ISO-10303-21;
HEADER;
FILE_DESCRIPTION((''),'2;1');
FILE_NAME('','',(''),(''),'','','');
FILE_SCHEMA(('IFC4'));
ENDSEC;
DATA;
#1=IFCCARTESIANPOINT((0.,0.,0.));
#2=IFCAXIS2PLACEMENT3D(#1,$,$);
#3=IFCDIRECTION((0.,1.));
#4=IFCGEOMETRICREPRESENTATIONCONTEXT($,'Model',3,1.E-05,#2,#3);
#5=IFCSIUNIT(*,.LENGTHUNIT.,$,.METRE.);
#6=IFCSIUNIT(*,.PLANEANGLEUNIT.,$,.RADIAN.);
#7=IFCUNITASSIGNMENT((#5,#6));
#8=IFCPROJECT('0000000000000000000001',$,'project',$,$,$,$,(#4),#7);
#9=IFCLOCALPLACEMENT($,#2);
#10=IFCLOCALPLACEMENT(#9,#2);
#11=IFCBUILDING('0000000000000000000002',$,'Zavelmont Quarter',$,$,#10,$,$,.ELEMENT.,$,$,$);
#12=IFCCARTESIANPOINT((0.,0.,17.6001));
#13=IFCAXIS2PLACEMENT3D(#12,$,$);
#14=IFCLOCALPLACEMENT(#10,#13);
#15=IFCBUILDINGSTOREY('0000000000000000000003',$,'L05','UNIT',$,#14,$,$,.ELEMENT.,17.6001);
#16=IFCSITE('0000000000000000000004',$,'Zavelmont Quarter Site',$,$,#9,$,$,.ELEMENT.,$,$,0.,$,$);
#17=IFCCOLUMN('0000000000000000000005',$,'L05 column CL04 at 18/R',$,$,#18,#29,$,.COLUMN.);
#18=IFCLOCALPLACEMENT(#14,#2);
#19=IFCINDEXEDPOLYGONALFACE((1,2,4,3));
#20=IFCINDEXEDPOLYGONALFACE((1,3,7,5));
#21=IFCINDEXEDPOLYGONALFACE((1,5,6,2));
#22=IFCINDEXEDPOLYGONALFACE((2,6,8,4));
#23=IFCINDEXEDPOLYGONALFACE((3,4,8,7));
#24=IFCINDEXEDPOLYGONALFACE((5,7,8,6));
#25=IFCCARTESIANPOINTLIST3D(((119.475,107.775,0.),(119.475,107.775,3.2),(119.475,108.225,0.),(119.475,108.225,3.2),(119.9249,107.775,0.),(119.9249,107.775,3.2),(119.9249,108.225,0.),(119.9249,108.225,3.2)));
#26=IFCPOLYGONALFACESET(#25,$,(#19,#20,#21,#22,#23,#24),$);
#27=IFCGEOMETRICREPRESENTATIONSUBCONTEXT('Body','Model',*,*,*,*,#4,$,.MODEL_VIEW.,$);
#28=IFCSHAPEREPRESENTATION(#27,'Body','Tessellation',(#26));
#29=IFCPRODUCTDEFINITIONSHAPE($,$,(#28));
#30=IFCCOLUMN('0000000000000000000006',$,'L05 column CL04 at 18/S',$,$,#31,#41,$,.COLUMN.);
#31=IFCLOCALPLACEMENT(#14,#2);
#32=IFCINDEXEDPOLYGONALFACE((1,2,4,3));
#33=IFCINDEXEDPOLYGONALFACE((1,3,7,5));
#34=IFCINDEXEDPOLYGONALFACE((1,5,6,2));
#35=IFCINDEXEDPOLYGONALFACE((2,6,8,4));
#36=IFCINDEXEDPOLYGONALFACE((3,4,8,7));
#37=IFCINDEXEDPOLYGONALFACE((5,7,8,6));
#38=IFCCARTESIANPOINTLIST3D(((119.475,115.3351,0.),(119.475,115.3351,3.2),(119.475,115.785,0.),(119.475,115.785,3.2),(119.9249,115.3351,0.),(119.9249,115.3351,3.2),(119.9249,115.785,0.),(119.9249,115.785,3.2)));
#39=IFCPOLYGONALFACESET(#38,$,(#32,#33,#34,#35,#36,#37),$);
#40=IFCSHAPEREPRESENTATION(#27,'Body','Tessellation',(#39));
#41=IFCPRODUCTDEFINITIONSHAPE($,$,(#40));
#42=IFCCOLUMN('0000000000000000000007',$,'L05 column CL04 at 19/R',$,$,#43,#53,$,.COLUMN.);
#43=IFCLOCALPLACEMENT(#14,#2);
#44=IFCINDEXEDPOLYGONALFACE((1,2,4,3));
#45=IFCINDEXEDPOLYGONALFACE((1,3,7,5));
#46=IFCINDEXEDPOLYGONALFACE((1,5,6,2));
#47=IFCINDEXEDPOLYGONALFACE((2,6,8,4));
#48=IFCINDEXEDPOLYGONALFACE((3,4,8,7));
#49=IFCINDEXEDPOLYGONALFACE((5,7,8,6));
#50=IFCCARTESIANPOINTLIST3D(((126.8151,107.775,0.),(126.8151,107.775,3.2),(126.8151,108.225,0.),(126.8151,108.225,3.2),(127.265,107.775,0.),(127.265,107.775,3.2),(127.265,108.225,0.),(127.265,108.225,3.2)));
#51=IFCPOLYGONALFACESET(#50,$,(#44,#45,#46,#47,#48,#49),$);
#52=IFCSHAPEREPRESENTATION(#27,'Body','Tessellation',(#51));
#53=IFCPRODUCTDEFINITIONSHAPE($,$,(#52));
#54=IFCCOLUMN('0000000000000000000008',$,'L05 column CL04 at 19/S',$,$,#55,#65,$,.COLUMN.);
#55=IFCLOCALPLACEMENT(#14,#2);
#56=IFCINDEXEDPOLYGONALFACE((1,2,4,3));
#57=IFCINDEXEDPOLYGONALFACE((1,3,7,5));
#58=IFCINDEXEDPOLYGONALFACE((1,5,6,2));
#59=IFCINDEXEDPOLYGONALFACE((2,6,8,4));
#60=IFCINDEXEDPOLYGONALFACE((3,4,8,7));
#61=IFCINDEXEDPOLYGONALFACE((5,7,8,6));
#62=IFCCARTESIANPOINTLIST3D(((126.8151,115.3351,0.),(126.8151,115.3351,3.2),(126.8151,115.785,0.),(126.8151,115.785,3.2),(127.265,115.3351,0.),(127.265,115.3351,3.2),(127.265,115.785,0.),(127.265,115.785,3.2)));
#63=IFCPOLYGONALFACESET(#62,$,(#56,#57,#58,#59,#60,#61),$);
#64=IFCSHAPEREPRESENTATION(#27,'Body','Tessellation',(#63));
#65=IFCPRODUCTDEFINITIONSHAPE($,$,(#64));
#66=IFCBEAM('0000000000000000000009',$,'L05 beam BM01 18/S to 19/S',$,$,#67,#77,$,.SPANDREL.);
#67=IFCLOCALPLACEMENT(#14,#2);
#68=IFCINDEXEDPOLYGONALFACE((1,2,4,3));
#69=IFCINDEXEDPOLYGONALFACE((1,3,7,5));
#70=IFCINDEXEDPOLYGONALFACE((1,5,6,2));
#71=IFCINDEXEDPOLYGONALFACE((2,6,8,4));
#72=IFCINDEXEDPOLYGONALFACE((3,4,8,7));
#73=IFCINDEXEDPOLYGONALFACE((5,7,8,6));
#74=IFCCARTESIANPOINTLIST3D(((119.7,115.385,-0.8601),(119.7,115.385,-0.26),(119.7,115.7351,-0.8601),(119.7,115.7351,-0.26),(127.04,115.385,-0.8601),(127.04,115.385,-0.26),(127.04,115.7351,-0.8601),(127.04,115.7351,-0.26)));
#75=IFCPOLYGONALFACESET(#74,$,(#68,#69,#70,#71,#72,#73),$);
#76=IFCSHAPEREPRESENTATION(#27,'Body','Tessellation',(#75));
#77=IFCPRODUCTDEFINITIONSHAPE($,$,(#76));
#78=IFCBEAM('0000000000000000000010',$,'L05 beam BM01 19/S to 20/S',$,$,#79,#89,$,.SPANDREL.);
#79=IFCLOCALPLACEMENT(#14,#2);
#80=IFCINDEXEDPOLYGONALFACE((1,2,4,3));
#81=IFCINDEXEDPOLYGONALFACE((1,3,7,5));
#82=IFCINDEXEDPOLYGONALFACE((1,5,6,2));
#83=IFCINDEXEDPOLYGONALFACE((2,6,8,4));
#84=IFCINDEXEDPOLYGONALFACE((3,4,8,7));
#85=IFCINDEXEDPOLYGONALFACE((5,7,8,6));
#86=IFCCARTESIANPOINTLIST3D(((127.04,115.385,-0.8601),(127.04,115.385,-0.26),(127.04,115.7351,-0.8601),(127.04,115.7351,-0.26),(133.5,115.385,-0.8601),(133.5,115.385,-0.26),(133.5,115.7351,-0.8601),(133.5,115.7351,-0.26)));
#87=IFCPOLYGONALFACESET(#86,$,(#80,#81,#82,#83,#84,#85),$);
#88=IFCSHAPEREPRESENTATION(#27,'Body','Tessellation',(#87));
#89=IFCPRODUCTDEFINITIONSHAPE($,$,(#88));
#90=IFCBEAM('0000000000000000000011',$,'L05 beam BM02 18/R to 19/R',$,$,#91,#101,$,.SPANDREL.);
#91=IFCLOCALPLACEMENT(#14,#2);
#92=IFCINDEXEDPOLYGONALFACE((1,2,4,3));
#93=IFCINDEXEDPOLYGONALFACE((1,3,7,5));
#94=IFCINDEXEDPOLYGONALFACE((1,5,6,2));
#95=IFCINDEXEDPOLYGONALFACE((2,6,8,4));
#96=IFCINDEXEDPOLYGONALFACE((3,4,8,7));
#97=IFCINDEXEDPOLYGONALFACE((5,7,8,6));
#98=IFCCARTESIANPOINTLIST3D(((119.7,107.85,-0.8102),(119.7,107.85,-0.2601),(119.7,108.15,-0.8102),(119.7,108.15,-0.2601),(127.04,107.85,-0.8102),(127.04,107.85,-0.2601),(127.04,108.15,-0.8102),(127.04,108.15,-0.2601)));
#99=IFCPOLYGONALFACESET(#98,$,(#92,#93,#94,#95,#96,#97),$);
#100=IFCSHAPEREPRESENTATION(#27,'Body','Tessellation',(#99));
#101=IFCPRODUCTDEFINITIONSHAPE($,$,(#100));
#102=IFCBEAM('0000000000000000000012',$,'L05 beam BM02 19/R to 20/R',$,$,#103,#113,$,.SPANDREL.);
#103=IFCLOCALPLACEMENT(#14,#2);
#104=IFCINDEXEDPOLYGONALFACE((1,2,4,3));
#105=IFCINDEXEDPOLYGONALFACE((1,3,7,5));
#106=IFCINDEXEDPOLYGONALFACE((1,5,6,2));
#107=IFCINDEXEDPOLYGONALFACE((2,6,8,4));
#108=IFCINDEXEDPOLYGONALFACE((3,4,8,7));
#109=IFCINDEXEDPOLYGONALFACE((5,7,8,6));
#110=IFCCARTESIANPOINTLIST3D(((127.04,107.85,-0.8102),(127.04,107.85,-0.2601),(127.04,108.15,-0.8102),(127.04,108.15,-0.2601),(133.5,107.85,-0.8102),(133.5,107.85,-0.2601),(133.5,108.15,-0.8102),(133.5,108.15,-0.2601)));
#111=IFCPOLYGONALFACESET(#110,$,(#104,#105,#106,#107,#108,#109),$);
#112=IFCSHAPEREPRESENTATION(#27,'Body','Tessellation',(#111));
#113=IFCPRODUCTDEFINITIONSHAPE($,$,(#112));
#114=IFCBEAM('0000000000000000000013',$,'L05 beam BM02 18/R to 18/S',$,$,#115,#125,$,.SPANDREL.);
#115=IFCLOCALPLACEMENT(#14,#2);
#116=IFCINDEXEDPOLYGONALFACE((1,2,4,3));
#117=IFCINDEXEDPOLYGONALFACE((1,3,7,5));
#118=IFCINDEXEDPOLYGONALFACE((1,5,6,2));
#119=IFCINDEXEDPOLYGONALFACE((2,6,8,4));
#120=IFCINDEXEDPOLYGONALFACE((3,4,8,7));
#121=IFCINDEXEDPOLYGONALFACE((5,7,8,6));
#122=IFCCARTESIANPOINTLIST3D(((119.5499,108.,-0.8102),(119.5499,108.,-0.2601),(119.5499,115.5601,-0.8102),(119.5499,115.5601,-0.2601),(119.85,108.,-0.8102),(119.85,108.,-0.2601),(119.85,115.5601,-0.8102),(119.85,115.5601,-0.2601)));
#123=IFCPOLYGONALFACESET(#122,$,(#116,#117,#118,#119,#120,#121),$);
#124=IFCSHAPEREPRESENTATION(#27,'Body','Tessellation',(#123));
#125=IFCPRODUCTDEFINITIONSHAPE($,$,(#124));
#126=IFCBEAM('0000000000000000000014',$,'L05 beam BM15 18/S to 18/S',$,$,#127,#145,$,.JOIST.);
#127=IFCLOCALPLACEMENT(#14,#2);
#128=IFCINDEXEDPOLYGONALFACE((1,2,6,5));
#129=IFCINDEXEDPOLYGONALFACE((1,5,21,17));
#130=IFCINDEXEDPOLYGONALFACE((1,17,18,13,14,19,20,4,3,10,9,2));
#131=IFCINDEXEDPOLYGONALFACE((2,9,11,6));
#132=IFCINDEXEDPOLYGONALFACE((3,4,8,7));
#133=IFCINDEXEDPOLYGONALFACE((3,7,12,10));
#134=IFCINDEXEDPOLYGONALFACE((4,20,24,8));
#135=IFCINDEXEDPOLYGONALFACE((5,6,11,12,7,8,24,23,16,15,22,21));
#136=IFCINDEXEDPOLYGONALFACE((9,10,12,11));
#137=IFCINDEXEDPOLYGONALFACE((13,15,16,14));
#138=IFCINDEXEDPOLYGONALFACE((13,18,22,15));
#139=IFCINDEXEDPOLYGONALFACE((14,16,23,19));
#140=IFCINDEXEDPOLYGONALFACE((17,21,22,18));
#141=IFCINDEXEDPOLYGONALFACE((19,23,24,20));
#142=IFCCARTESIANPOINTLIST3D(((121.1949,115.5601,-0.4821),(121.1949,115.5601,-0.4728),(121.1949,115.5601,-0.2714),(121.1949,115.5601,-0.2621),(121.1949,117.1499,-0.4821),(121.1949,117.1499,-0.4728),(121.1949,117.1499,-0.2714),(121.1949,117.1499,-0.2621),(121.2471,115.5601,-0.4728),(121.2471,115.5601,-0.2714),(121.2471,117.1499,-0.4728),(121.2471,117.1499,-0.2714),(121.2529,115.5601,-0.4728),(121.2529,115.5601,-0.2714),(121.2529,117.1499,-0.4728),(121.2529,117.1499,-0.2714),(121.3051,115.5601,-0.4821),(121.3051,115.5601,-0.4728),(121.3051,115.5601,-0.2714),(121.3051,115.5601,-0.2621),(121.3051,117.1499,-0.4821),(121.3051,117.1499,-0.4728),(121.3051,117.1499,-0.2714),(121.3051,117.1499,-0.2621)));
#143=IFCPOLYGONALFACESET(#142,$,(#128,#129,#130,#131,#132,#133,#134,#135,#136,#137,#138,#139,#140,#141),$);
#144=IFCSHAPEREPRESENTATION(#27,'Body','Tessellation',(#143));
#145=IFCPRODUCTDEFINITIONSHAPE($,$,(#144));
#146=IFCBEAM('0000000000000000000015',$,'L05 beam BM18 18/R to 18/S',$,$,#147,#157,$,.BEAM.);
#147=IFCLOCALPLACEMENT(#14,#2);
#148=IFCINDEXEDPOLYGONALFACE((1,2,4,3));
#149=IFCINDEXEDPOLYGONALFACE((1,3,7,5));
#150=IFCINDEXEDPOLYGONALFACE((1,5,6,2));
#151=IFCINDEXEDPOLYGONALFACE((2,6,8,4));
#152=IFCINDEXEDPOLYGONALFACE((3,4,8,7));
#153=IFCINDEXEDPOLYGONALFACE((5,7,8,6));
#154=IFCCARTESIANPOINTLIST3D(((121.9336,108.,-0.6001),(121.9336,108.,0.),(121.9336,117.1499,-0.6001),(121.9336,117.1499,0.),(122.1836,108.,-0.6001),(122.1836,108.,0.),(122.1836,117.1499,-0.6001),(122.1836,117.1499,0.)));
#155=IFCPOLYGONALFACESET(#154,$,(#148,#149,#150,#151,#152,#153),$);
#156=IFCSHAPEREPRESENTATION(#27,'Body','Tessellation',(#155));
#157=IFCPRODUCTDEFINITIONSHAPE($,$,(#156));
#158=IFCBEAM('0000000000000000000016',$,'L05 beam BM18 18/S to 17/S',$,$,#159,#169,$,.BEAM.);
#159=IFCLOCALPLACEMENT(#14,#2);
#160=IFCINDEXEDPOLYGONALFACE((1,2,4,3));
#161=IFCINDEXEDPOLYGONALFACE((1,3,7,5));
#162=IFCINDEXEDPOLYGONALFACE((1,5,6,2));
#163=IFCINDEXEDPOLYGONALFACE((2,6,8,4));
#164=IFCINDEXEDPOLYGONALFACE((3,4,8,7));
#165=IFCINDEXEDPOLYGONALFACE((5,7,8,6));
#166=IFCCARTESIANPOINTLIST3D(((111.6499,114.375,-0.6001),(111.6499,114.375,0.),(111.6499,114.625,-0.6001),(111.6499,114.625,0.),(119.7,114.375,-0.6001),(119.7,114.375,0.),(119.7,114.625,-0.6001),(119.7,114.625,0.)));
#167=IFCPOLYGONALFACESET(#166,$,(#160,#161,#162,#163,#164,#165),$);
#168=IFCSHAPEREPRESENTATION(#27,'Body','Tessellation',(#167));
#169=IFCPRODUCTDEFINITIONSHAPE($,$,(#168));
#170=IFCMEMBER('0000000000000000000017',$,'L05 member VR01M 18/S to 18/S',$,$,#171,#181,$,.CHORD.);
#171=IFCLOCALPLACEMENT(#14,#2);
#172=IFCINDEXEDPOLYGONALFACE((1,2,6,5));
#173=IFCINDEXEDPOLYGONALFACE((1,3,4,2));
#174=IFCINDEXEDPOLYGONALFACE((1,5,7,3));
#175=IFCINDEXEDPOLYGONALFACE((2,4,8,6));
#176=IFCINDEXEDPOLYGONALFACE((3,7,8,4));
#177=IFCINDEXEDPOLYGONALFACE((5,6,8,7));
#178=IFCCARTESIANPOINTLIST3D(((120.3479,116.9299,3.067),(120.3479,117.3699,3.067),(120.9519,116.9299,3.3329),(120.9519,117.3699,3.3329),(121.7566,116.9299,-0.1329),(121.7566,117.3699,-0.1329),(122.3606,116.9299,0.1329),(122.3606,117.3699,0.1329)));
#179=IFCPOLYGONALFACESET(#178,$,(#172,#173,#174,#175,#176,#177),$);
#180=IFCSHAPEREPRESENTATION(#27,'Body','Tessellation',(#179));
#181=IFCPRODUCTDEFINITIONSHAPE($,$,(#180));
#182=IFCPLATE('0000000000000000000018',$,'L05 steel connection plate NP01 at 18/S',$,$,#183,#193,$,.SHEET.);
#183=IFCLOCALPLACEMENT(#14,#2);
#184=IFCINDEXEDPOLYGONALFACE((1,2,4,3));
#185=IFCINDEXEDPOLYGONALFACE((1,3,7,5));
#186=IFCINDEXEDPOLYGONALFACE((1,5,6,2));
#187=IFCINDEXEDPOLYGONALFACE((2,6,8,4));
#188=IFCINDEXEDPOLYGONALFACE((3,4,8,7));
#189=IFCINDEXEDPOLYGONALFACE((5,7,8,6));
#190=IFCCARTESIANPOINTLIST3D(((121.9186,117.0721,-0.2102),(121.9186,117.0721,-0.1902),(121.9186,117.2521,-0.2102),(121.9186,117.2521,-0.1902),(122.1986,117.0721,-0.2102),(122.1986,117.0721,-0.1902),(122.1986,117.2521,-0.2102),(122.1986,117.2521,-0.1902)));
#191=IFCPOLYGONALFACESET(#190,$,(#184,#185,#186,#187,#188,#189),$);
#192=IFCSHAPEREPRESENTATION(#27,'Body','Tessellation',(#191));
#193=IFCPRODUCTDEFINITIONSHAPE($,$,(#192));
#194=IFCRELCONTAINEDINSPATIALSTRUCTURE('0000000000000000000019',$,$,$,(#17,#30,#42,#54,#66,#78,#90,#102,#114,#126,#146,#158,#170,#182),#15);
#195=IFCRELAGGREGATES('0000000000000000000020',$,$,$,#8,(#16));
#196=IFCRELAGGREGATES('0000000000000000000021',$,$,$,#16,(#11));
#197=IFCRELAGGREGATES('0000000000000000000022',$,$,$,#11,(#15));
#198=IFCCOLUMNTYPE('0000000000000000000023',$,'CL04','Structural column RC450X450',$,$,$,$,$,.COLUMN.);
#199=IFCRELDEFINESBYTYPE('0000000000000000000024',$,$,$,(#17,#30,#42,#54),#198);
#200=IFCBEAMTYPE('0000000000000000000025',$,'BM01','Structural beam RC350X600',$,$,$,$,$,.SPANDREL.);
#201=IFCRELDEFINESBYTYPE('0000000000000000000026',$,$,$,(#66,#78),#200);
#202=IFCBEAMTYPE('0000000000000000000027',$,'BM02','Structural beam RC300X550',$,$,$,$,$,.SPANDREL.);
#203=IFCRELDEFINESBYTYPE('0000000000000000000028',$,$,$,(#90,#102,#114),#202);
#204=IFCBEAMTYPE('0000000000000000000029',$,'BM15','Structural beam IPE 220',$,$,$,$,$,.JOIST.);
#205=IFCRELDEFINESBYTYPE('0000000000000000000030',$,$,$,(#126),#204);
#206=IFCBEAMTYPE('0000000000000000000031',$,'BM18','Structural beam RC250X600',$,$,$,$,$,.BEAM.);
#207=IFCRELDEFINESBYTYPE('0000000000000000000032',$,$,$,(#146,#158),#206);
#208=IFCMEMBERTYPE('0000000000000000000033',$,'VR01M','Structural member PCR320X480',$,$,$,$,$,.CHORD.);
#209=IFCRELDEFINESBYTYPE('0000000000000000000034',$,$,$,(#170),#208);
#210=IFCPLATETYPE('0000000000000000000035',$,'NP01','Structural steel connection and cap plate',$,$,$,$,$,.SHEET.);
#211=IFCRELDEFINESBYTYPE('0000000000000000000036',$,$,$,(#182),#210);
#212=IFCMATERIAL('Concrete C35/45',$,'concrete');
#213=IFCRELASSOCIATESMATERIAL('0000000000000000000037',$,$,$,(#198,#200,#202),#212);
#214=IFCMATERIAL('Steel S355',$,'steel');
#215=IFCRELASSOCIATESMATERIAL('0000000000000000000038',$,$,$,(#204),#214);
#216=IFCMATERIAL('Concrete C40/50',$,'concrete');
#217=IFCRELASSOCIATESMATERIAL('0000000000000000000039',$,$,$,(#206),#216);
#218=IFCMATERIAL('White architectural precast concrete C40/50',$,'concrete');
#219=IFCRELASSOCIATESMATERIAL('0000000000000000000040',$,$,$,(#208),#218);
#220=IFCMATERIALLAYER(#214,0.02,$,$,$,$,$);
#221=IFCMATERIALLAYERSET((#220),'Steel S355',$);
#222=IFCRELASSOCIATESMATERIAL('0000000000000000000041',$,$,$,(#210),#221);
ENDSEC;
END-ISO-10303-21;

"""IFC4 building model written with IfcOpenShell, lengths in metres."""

from ifc_helpers import new_model, si_unit, direction, frame, origin, origin_2d, place, context, subcontext, project, spatial, rectangle, i_section, extrude, material, layer, layer_set, material_profile, profile_set, type_object, element, save


model = new_model("IFC4")

# Units and contexts
model_context = context("Model", 3, precision=1e-05, world=origin(), true_north=direction((0.0, 1.0)))
body_context = subcontext(model_context, "Body", "Model", "MODEL_VIEW")
ifc_project = project(units=[si_unit("LENGTHUNIT", "METRE"), si_unit("PLANEANGLEUNIT", "RADIAN")], contexts=[model_context])

# Site, building, storey
site_placement = place(None, origin())
site = spatial("IfcSite", under=ifc_project, at=site_placement, Name="Zavelmont Quarter Site", CompositionType="ELEMENT", RefElevation=0.0)
building_placement = place(site_placement, origin())
building = spatial("IfcBuilding", under=site, at=building_placement, Name="Zavelmont Quarter", CompositionType="ELEMENT")
storey_placement = place(building_placement, frame((0.0, 0.0, 17.6001)))
storey = spatial("IfcBuildingStorey", under=building, at=storey_placement, Name="L05", Description="UNIT", CompositionType="ELEMENT", Elevation=17.6001)

# Columns
ifc_material_1 = material(Name="Concrete C35/45", Category="concrete")
ifc_material_profile_1 = material_profile(ifc_material_1, rectangle(XDim=0.45, YDim=0.45, at=origin_2d()), Name="RC450X450")
ifc_profile_set_1 = profile_set([ifc_material_profile_1], Name="Concrete C35/45")
column_type = type_object("IfcColumnType", Name="CL04", Description="Structural column RC450X450", PredefinedType="COLUMN", material=ifc_profile_set_1)
for number, where, z_axis, x_axis, name in (
    (1, (119.7, 108.0, 0.0), (0.0, 0.0, 1.0), (1.0, 0.0, 0.0), "L05 column CL04 at 18/R"),
    (2, (119.7, 115.5601, 0.0), (0.0, 0.0, 1.0), (1.0, 0.0, 0.0), "L05 column CL04 at 18/S"),
    (3, (127.04, 108.0, 0.0), (0.0, 0.0, 1.0), (1.0, 0.0, 0.0), "L05 column CL04 at 19/R"),
    (4, (127.04, 115.5601, 0.0), (0.0, 0.0, 1.0), (1.0, 0.0, 0.0), "L05 column CL04 at 19/S"),
):
    element("IfcColumn", number, at=place(storey_placement, frame(where, z_axis=z_axis, x_axis=x_axis)), inside=storey, type_object=column_type, Name=name, PredefinedType="COLUMN", context=body_context, shape_type="SweptSolid", body=[
        extrude(rectangle(XDim=0.45, YDim=0.45, at=origin_2d()), origin(), (0.0, 0.0, 1.0), 3.2),
    ])

# Beams
ifc_material_profile_2 = material_profile(ifc_material_1, rectangle(XDim=0.3501, YDim=0.6001, at=origin_2d()), Name="RC350X600")
ifc_profile_set_2 = profile_set([ifc_material_profile_2], Name="Concrete C35/45")
beam_type_1 = type_object("IfcBeamType", Name="BM01", Description="Structural beam RC350X600", PredefinedType="SPANDREL", material=ifc_profile_set_2)
beam_1_placement = place(storey_placement, frame((119.7, 115.5601, -0.5601), z_axis=(1.0, 0.0, 0.0), x_axis=(0.0, 1.0, 0.0)))
element("IfcBeam", 5, at=beam_1_placement, inside=storey, type_object=beam_type_1, Name="L05 beam BM01 18/S to 19/S", PredefinedType="SPANDREL", context=body_context, shape_type="SweptSolid", body=[
    extrude(rectangle(XDim=0.3501, YDim=0.6001, at=origin_2d()), origin(), (0.0, 0.0, 1.0), 7.3401),
])
beam_2_placement = place(storey_placement, frame((127.04, 115.5601, -0.5601), z_axis=(1.0, 0.0, 0.0), x_axis=(0.0, 1.0, 0.0)))
element("IfcBeam", 6, at=beam_2_placement, inside=storey, type_object=beam_type_1, Name="L05 beam BM01 19/S to 20/S", PredefinedType="SPANDREL", context=body_context, shape_type="SweptSolid", body=[
    extrude(rectangle(XDim=0.3501, YDim=0.6001, at=origin_2d()), origin(), (0.0, 0.0, 1.0), 6.46),
])
ifc_material_profile_3 = material_profile(ifc_material_1, rectangle(XDim=0.3, YDim=0.55, at=origin_2d()), Name="RC300X550")
ifc_profile_set_3 = profile_set([ifc_material_profile_3], Name="Concrete C35/45")
beam_type_2 = type_object("IfcBeamType", Name="BM02", Description="Structural beam RC300X550", PredefinedType="SPANDREL", material=ifc_profile_set_3)
beam_3_placement = place(storey_placement, frame((119.7, 108.0, -0.5352), z_axis=(1.0, 0.0, 0.0), x_axis=(0.0, 1.0, 0.0)))
element("IfcBeam", 7, at=beam_3_placement, inside=storey, type_object=beam_type_2, Name="L05 beam BM02 18/R to 19/R", PredefinedType="SPANDREL", context=body_context, shape_type="SweptSolid", body=[
    extrude(rectangle(XDim=0.3, YDim=0.55, at=origin_2d()), origin(), (0.0, 0.0, 1.0), 7.3401),
])
beam_4_placement = place(storey_placement, frame((127.04, 108.0, -0.5352), z_axis=(1.0, 0.0, 0.0), x_axis=(0.0, 1.0, 0.0)))
element("IfcBeam", 8, at=beam_4_placement, inside=storey, type_object=beam_type_2, Name="L05 beam BM02 19/R to 20/R", PredefinedType="SPANDREL", context=body_context, shape_type="SweptSolid", body=[
    extrude(rectangle(XDim=0.3, YDim=0.55, at=origin_2d()), origin(), (0.0, 0.0, 1.0), 6.46),
])
beam_5_placement = place(storey_placement, frame((119.7, 108.0, -0.5352), z_axis=(0.0, 1.0, 0.0), x_axis=(-1.0, 0.0, 0.0)))
element("IfcBeam", 9, at=beam_5_placement, inside=storey, type_object=beam_type_2, Name="L05 beam BM02 18/R to 18/S", PredefinedType="SPANDREL", context=body_context, shape_type="SweptSolid", body=[
    extrude(rectangle(XDim=0.3, YDim=0.55, at=origin_2d()), origin(), (0.0, 0.0, 1.0), 7.5601),
])
ifc_material_2 = material(Name="Steel S355", Category="steel")
ifc_material_profile_4 = material_profile(ifc_material_2, i_section(OverallWidth=0.1101, OverallDepth=0.22, WebThickness=0.0059, FlangeThickness=0.0093, at=origin_2d()), Name="IPE 220")
ifc_profile_set_4 = profile_set([ifc_material_profile_4], Name="Steel S355")
beam_type_3 = type_object("IfcBeamType", Name="BM15", Description="Structural beam IPE 220", PredefinedType="JOIST", material=ifc_profile_set_4)
beam_6_placement = place(storey_placement, frame((121.25, 115.5601, -0.3721), z_axis=(0.0, 1.0, 0.0), x_axis=(-1.0, 0.0, 0.0)))
element("IfcBeam", 10, at=beam_6_placement, inside=storey, type_object=beam_type_3, Name="L05 beam BM15 18/S to 18/S", PredefinedType="JOIST", context=body_context, shape_type="SweptSolid", body=[
    extrude(i_section(OverallWidth=0.1101, OverallDepth=0.22, WebThickness=0.0059, FlangeThickness=0.0093, at=origin_2d()), origin(), (0.0, 0.0, 1.0), 1.5898),
])
ifc_material_3 = material(Name="Concrete C40/50", Category="concrete")
ifc_material_profile_5 = material_profile(ifc_material_3, rectangle(XDim=0.25, YDim=0.6001, at=origin_2d()), Name="RC250X600")
ifc_profile_set_5 = profile_set([ifc_material_profile_5], Name="Concrete C40/50")
beam_type_4 = type_object("IfcBeamType", Name="BM18", Description="Structural beam RC250X600", PredefinedType="BEAM", material=ifc_profile_set_5)
beam_7_placement = place(storey_placement, frame((122.0586, 108.0, -0.3), z_axis=(0.0, 1.0, 0.0), x_axis=(-1.0, 0.0, 0.0)))
element("IfcBeam", 11, at=beam_7_placement, inside=storey, type_object=beam_type_4, Name="L05 beam BM18 18/R to 18/S", PredefinedType="BEAM", context=body_context, shape_type="SweptSolid", body=[
    extrude(rectangle(XDim=0.25, YDim=0.6001, at=origin_2d()), origin(), (0.0, 0.0, 1.0), 9.1499),
])
beam_8_placement = place(storey_placement, frame((119.7, 114.5, -0.3), z_axis=(-1.0, 0.0, 0.0), x_axis=(0.0, -1.0, 0.0)))
element("IfcBeam", 12, at=beam_8_placement, inside=storey, type_object=beam_type_4, Name="L05 beam BM18 18/S to 17/S", PredefinedType="BEAM", context=body_context, shape_type="SweptSolid", body=[
    extrude(rectangle(XDim=0.25, YDim=0.6001, at=origin_2d()), origin(), (0.0, 0.0, 1.0), 8.05),
])

# Member
ifc_material_4 = material(Name="White architectural precast concrete C40/50", Category="concrete")
ifc_material_profile_6 = material_profile(ifc_material_4, rectangle(XDim=0.4399, YDim=0.6599, at=origin_2d()), Name="PCR320X480")
ifc_profile_set_6 = profile_set([ifc_material_profile_6], Name="White architectural precast concrete C40/50")
member_type = type_object("IfcMemberType", Name="VR01M", Description="Structural member PCR320X480", PredefinedType="CHORD", material=ifc_profile_set_6)
member_placement = place(storey_placement, frame((122.0586, 117.1499, 0.0), z_axis=(-0.402909, 0.0, 0.91524), x_axis=(0.0, -1.0, 0.0)))
element("IfcMember", 13, at=member_placement, inside=storey, type_object=member_type, Name="L05 member VR01M 18/S to 18/S", PredefinedType="CHORD", context=body_context, shape_type="SweptSolid", body=[
    extrude(rectangle(XDim=0.4399, YDim=0.6599, at=origin_2d()), origin(), (0.0, 0.0, 1.0), 3.4963),
])

# Plate
ifc_layer_1 = layer(ifc_material_2, 0.02)
ifc_layer_set_1 = layer_set([ifc_layer_1], Name="Steel S355")
plate_type = type_object("IfcPlateType", Name="NP01", Description="Structural steel connection and cap plate", PredefinedType="SHEET", material=ifc_layer_set_1)
plate_placement = place(storey_placement, frame((122.0586, 117.1621, -0.2102), z_axis=(0.0, 0.0, 1.0), x_axis=(1.0, 0.0, 0.0)))
element("IfcPlate", 14, at=plate_placement, inside=storey, type_object=plate_type, Name="L05 steel connection plate NP01 at 18/S", PredefinedType="SHEET", context=body_context, shape_type="SweptSolid", body=[
    extrude(rectangle(XDim=0.28, YDim=0.1799, at=origin_2d()), origin(), (0.0, 0.0, 1.0), 0.02),
])

save(model, "model.ifc")
